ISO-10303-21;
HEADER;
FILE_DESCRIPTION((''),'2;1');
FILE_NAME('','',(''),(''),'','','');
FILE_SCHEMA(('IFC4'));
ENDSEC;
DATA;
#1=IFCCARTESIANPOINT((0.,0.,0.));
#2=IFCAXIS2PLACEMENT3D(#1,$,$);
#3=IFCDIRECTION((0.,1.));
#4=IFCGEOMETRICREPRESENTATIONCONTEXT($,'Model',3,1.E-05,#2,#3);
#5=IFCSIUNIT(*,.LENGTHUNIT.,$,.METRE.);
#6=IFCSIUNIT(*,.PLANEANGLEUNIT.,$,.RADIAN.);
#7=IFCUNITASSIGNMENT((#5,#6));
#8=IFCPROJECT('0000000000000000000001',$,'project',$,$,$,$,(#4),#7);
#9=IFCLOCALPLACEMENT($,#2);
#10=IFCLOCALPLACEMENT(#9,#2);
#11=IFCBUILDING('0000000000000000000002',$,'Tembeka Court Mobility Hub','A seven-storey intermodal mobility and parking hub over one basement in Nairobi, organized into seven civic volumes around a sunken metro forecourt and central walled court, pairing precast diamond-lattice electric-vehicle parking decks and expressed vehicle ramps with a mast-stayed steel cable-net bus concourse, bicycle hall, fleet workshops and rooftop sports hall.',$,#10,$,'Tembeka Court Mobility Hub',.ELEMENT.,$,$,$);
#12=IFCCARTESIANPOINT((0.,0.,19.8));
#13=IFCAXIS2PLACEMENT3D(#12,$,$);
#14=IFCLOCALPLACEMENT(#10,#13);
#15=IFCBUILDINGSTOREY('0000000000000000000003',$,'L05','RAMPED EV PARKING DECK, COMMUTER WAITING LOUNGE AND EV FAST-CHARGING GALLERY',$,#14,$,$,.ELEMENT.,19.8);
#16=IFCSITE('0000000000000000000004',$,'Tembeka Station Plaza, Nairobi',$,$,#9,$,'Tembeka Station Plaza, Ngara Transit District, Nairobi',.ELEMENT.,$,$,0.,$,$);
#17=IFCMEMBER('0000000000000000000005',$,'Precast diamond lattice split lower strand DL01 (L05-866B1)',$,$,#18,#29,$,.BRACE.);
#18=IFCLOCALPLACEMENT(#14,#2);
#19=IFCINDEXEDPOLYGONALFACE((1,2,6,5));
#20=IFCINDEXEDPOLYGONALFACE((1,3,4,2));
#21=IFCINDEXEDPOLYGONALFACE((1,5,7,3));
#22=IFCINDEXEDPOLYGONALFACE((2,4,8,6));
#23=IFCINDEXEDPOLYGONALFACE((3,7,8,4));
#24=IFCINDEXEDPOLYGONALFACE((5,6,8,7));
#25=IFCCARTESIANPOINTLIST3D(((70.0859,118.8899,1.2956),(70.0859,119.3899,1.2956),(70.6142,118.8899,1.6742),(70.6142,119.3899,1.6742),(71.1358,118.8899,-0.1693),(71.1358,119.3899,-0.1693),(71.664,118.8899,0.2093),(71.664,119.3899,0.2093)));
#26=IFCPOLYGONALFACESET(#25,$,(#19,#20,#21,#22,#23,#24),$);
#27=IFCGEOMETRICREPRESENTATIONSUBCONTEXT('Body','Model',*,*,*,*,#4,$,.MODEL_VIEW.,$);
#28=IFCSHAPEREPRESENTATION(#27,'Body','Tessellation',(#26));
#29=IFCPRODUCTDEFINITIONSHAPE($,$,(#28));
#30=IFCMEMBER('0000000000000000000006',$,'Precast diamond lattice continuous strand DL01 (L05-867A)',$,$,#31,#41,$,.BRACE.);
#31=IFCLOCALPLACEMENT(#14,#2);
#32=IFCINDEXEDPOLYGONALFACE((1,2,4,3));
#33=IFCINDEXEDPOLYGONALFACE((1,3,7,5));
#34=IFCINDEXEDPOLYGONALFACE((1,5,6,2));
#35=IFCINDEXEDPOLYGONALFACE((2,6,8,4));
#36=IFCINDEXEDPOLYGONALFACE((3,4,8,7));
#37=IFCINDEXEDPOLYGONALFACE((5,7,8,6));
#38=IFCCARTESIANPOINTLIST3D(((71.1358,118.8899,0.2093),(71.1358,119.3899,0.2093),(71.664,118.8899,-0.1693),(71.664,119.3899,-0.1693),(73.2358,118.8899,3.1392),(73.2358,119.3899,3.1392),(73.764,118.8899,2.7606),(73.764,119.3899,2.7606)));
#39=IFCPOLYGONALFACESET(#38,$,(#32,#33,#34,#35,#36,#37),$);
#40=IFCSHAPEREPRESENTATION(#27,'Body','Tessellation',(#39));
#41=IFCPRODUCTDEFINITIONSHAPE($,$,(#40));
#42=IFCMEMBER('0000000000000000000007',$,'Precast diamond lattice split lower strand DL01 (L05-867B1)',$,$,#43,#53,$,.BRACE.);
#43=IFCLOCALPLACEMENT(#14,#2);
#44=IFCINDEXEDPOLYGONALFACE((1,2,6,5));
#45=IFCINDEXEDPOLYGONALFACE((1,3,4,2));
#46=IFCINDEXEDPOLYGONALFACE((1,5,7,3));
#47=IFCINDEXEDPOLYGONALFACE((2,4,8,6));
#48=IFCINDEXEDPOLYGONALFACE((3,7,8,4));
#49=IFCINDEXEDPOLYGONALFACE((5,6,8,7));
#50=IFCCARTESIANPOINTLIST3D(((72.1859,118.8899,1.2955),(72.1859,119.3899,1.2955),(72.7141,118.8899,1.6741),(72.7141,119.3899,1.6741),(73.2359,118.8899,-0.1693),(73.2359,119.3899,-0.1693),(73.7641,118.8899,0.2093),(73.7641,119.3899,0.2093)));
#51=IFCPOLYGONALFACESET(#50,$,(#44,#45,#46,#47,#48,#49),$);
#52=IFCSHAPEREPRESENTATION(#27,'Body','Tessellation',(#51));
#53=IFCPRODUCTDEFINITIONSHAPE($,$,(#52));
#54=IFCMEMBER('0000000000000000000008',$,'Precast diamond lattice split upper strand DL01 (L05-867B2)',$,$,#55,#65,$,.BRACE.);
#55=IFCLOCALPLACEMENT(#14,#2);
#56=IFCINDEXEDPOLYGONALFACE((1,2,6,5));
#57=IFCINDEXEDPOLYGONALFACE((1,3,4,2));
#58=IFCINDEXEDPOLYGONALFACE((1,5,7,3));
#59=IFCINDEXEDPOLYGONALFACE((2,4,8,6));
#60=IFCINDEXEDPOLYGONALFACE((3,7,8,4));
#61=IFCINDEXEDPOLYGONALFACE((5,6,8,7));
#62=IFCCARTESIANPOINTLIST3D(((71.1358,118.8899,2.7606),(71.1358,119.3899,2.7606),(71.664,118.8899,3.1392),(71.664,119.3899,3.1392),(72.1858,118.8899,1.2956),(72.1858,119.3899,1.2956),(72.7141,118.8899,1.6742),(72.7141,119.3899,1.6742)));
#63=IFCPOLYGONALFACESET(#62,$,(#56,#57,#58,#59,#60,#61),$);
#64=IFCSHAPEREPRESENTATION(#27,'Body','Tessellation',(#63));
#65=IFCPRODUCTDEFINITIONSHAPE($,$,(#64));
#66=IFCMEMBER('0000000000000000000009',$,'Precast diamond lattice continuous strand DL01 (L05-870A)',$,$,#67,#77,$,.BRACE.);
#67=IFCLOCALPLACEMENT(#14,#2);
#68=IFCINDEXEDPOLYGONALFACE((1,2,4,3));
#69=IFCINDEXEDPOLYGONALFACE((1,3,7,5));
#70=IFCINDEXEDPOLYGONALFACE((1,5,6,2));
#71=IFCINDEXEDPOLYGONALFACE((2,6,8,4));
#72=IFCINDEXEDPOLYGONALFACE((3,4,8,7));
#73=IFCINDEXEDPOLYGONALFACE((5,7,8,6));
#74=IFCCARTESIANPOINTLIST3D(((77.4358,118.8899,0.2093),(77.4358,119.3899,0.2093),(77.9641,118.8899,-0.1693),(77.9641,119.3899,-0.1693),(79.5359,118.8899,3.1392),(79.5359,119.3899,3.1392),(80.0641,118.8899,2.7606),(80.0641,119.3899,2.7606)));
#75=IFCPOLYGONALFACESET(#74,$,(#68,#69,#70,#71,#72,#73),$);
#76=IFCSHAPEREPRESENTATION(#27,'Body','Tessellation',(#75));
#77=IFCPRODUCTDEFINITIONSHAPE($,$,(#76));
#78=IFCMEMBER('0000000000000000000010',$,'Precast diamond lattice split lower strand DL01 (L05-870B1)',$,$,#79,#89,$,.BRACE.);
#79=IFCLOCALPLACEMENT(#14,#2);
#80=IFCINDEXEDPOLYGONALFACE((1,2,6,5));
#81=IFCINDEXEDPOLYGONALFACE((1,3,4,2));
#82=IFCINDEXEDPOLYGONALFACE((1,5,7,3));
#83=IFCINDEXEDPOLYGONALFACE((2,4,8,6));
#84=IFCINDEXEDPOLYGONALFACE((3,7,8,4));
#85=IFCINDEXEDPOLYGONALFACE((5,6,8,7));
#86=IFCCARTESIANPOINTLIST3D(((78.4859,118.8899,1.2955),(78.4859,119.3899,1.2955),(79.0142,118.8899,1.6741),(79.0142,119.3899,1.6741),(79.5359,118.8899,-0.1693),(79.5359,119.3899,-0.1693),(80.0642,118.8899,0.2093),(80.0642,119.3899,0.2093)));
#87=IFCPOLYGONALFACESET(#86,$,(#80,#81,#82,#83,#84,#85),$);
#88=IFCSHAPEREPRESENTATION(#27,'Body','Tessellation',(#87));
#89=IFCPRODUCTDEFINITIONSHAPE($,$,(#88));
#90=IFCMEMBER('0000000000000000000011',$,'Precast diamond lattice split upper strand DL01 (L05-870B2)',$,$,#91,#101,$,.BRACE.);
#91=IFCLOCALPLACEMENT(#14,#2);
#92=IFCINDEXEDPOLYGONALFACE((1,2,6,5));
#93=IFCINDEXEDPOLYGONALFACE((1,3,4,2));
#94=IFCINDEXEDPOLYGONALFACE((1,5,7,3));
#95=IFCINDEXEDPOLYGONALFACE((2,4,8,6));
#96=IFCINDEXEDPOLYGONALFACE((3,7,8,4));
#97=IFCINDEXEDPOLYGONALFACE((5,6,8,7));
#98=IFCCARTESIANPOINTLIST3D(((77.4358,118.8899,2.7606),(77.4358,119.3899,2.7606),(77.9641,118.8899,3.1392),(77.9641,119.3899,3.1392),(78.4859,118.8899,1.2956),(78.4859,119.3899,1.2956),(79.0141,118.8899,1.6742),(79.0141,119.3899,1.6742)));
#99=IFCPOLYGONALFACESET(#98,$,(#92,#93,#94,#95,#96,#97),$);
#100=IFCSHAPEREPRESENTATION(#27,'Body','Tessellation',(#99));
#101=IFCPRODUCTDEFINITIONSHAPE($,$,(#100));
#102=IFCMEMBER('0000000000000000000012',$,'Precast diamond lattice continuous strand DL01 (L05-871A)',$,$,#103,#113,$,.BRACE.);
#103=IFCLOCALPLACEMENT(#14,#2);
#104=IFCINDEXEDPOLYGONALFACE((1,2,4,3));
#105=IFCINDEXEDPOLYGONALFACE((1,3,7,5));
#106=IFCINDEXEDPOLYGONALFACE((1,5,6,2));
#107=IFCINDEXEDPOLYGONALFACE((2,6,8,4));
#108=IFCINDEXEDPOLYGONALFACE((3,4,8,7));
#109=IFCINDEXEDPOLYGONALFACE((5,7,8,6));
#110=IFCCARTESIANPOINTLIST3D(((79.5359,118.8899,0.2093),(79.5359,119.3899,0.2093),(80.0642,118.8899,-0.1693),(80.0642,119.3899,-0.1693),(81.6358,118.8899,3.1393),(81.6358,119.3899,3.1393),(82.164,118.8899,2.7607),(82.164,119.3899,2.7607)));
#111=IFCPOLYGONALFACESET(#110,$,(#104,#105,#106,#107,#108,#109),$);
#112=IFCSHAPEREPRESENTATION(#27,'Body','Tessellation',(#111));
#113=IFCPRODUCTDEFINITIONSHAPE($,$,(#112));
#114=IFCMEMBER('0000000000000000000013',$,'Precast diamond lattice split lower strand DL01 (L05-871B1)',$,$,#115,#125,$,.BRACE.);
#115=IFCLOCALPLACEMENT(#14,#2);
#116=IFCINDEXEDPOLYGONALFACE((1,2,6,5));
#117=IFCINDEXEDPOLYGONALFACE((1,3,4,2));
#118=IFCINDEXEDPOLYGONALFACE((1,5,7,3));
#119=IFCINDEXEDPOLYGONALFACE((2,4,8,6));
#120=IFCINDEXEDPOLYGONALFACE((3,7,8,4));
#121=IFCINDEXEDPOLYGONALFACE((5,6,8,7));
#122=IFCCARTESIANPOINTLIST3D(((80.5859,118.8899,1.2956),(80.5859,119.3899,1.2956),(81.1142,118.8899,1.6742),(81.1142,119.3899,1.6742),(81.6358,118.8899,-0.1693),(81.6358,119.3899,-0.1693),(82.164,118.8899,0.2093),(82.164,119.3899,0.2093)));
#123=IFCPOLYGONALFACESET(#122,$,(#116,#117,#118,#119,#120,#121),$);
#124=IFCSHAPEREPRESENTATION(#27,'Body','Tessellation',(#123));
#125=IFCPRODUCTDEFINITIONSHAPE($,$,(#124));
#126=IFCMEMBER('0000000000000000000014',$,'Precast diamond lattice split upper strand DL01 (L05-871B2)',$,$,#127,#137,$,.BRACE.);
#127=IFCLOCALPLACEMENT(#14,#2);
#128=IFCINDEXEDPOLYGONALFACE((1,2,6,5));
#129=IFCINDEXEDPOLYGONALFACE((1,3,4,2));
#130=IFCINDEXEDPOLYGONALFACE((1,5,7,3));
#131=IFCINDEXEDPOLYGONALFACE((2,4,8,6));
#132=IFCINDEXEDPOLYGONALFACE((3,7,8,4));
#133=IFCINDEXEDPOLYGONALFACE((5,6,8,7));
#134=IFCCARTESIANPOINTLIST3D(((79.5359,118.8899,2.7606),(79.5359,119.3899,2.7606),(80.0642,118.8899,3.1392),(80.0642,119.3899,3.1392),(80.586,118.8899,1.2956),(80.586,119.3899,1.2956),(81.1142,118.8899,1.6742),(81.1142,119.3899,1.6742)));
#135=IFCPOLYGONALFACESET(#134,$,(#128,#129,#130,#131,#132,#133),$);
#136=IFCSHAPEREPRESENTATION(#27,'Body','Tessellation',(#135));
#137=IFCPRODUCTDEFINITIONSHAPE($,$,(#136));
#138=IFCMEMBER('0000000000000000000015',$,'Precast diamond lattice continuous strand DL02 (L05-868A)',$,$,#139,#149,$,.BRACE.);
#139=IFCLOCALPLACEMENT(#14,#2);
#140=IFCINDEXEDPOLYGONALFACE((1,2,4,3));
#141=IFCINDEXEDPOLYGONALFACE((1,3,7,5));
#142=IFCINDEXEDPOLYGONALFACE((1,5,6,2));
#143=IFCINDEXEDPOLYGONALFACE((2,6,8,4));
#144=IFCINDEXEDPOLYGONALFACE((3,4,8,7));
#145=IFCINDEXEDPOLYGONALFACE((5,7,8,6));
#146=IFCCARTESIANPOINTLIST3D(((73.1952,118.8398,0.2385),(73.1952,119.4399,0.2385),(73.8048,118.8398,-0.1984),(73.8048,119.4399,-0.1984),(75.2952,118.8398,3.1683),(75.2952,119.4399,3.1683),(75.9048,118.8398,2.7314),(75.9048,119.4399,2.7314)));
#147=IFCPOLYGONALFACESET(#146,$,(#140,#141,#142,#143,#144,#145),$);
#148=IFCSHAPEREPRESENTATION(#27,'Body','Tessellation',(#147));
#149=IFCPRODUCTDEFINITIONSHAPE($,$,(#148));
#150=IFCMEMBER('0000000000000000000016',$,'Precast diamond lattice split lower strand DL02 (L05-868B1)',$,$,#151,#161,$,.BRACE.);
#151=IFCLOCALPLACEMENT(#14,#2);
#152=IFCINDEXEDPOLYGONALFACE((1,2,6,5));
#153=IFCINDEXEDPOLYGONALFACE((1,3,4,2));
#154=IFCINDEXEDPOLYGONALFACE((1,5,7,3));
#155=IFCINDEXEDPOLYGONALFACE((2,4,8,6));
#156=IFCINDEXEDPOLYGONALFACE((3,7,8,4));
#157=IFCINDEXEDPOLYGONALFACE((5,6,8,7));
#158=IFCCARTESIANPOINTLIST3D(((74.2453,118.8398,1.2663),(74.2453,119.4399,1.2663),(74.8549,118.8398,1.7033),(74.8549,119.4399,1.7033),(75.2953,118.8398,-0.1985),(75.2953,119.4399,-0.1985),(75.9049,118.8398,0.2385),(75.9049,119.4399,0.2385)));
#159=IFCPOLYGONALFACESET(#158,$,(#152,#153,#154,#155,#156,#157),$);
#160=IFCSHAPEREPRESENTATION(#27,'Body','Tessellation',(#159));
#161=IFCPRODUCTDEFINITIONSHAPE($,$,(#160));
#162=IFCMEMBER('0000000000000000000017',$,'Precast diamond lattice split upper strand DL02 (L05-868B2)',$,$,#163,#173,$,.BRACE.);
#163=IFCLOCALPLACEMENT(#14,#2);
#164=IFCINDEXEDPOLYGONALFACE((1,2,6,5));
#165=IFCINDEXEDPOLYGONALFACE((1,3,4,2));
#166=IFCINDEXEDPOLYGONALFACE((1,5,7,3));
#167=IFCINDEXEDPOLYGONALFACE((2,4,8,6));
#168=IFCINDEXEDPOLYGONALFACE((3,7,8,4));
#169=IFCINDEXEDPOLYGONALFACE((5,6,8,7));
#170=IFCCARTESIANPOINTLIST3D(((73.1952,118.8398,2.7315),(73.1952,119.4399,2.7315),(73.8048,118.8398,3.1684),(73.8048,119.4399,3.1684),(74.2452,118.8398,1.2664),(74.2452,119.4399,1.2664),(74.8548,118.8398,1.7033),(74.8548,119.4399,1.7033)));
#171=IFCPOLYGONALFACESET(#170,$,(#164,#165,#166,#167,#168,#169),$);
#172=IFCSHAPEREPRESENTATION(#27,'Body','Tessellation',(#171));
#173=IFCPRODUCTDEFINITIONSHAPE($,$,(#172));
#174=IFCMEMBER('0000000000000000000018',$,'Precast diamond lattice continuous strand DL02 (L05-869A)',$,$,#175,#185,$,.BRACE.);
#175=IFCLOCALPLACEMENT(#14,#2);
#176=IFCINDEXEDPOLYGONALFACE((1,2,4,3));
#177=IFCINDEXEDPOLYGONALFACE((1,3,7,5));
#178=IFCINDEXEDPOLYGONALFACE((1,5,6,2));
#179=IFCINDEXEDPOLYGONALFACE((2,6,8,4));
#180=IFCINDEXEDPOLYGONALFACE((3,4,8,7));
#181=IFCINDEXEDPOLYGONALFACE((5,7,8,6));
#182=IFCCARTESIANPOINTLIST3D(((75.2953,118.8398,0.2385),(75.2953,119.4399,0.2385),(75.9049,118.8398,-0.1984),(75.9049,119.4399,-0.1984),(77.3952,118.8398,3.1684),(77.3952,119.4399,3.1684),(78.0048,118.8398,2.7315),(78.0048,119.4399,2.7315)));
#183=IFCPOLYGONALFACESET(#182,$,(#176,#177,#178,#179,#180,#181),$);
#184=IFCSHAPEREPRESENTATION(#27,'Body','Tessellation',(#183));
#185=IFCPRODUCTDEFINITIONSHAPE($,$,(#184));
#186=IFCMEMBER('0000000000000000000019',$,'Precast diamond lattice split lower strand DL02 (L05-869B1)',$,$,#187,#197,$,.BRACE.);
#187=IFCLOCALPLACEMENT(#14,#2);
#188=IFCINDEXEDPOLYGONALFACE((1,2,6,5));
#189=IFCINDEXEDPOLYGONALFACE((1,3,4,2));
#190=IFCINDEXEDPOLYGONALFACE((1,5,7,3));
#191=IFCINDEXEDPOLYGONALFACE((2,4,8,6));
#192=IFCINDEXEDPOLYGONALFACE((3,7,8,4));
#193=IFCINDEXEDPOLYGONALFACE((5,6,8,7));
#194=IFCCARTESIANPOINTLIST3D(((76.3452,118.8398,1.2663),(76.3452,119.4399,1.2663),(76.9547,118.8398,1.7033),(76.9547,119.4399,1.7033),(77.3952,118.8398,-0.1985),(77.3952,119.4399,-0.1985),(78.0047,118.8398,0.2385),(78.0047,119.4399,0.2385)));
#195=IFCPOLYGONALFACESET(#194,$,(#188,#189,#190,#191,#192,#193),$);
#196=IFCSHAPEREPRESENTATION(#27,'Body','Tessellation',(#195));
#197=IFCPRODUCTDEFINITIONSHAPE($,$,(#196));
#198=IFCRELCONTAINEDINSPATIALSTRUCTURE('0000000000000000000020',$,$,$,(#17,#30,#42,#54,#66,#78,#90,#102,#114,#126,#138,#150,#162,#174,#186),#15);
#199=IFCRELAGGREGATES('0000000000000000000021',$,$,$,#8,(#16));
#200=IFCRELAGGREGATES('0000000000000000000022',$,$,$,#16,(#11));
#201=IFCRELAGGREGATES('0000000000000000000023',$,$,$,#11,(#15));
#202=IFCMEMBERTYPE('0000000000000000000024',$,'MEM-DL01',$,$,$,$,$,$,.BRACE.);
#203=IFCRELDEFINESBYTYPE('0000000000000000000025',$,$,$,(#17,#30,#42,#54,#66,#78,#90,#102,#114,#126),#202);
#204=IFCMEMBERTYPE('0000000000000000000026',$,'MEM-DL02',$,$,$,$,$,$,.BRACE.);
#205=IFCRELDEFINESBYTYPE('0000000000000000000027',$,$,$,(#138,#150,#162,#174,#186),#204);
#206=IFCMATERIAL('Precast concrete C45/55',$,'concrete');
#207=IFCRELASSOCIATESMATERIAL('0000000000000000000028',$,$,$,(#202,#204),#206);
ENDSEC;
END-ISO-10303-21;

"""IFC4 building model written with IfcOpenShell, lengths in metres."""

from ifc_helpers import new_model, si_unit, direction, frame, origin, origin_2d, place, context, subcontext, project, spatial, rectangle, extrude, material, material_profile, profile_set, type_object, element, save


model = new_model("IFC4")

# Units and contexts
model_context = context("Model", 3, precision=1e-05, world=origin(), true_north=direction((0.0, 1.0)))
body_context = subcontext(model_context, "Body", "Model", "MODEL_VIEW")
ifc_project = project(units=[si_unit("LENGTHUNIT", "METRE"), si_unit("PLANEANGLEUNIT", "RADIAN")], contexts=[model_context])

# Site, building, storey
site_placement = place(None, origin())
site = spatial("IfcSite", under=ifc_project, at=site_placement, Name="Tembeka Station Plaza, Nairobi", LongName="Tembeka Station Plaza, Ngara Transit District, Nairobi", CompositionType="ELEMENT", RefElevation=0.0)
building_placement = place(site_placement, origin())
building = spatial("IfcBuilding", under=site, at=building_placement, Name="Tembeka Court Mobility Hub", Description="A seven-storey intermodal mobility and parking hub over one basement in Nairobi, organized into seven civic volumes around a sunken metro forecourt and central walled court, pairing precast diamond-lattice electric-vehicle parking decks and expressed vehicle ramps with a mast-stayed steel cable-net bus concourse, bicycle hall, fleet workshops and rooftop sports hall.", LongName="Tembeka Court Mobility Hub", CompositionType="ELEMENT")
storey_placement = place(building_placement, frame((0.0, 0.0, 19.8)))
storey = spatial("IfcBuildingStorey", under=building, at=storey_placement, Name="L05", Description="RAMPED EV PARKING DECK, COMMUTER WAITING LOUNGE AND EV FAST-CHARGING GALLERY", CompositionType="ELEMENT", Elevation=19.8)

# Members
ifc_material = material(Name="Precast concrete C45/55", Category="concrete")
ifc_material_profile_1 = material_profile(ifc_material, rectangle(XDim=0.5, YDim=0.6499, at=origin_2d()), Name="PC-DIAG 500x650")
ifc_profile_set_1 = profile_set([ifc_material_profile_1], Name="Precast concrete C45/55")
member_type_1 = type_object("IfcMemberType", Name="MEM-DL01", PredefinedType="BRACE", material=ifc_profile_set_1)
member_1_placement = place(storey_placement, frame((71.3999, 119.1399, 0.02), z_axis=(-0.582519, 0.0, 0.812817), x_axis=(0.0, -1.0, 0.0)))
element("IfcMember", 1, at=member_1_placement, inside=storey, type_object=member_type_1, Name="Precast diamond lattice split lower strand DL01 (L05-866B1)", PredefinedType="BRACE", context=body_context, shape_type="SweptSolid", body=[
    extrude(rectangle(XDim=0.5, YDim=0.6499, at=origin_2d()), origin(), (0.0, 0.0, 1.0), 1.8022),
])
member_2_placement = place(storey_placement, frame((71.3999, 119.1399, 0.02), z_axis=(0.582576, 0.0, 0.812776), x_axis=(0.0, 1.0, 0.0)))
element("IfcMember", 2, at=member_2_placement, inside=storey, type_object=member_type_1, Name="Precast diamond lattice continuous strand DL01 (L05-867A)", PredefinedType="BRACE", context=body_context, shape_type="SweptSolid", body=[
    extrude(rectangle(XDim=0.5, YDim=0.6499, at=origin_2d()), origin(), (0.0, 0.0, 1.0), 3.6047),
])
member_3_placement = place(storey_placement, frame((73.5, 119.1399, 0.02), z_axis=(-0.582608, 0.0, 0.812753), x_axis=(0.0, -1.0, 0.0)))
element("IfcMember", 3, at=member_3_placement, inside=storey, type_object=member_type_1, Name="Precast diamond lattice split lower strand DL01 (L05-867B1)", PredefinedType="BRACE", context=body_context, shape_type="SweptSolid", body=[
    extrude(rectangle(XDim=0.5, YDim=0.6499, at=origin_2d()), origin(), (0.0, 0.0, 1.0), 1.8022),
])
member_4_placement = place(storey_placement, frame((72.45, 119.1399, 1.4849), z_axis=(-0.582544, 0.0, 0.812799), x_axis=(0.0, -1.0, 0.0)))
element("IfcMember", 4, at=member_4_placement, inside=storey, type_object=member_type_1, Name="Precast diamond lattice split upper strand DL01 (L05-867B2)", PredefinedType="BRACE", context=body_context, shape_type="SweptSolid", body=[
    extrude(rectangle(XDim=0.5, YDim=0.6499, at=origin_2d()), origin(), (0.0, 0.0, 1.0), 1.8025),
])
member_5_placement = place(storey_placement, frame((77.7, 119.1399, 0.02), z_axis=(0.582576, 0.0, 0.812776), x_axis=(0.0, 1.0, 0.0)))
element("IfcMember", 5, at=member_5_placement, inside=storey, type_object=member_type_1, Name="Precast diamond lattice continuous strand DL01 (L05-870A)", PredefinedType="BRACE", context=body_context, shape_type="SweptSolid", body=[
    extrude(rectangle(XDim=0.5, YDim=0.6499, at=origin_2d()), origin(), (0.0, 0.0, 1.0), 3.6047),
])
member_6_placement = place(storey_placement, frame((79.8, 119.1399, 0.02), z_axis=(-0.582608, 0.0, 0.812753), x_axis=(0.0, -1.0, 0.0)))
element("IfcMember", 6, at=member_6_placement, inside=storey, type_object=member_type_1, Name="Precast diamond lattice split lower strand DL01 (L05-870B1)", PredefinedType="BRACE", context=body_context, shape_type="SweptSolid", body=[
    extrude(rectangle(XDim=0.5, YDim=0.6499, at=origin_2d()), origin(), (0.0, 0.0, 1.0), 1.8022),
])
member_7_placement = place(storey_placement, frame((78.75, 119.1399, 1.4849), z_axis=(-0.582544, 0.0, 0.812799), x_axis=(0.0, -1.0, 0.0)))
element("IfcMember", 7, at=member_7_placement, inside=storey, type_object=member_type_1, Name="Precast diamond lattice split upper strand DL01 (L05-870B2)", PredefinedType="BRACE", context=body_context, shape_type="SweptSolid", body=[
    extrude(rectangle(XDim=0.5, YDim=0.6499, at=origin_2d()), origin(), (0.0, 0.0, 1.0), 1.8025),
])
member_8_placement = place(storey_placement, frame((79.8, 119.1399, 0.02), z_axis=(0.582532, 0.0, 0.812808), x_axis=(0.0, 1.0, 0.0)))
element("IfcMember", 8, at=member_8_placement, inside=storey, type_object=member_type_1, Name="Precast diamond lattice continuous strand DL01 (L05-871A)", PredefinedType="BRACE", context=body_context, shape_type="SweptSolid", body=[
    extrude(rectangle(XDim=0.5, YDim=0.6499, at=origin_2d()), origin(), (0.0, 0.0, 1.0), 3.6047),
])
member_9_placement = place(storey_placement, frame((81.8999, 119.1399, 0.02), z_axis=(-0.582519, 0.0, 0.812817), x_axis=(0.0, -1.0, 0.0)))
element("IfcMember", 9, at=member_9_placement, inside=storey, type_object=member_type_1, Name="Precast diamond lattice split lower strand DL01 (L05-871B1)", PredefinedType="BRACE", context=body_context, shape_type="SweptSolid", body=[
    extrude(rectangle(XDim=0.5, YDim=0.6499, at=origin_2d()), origin(), (0.0, 0.0, 1.0), 1.8022),
])
member_10_placement = place(storey_placement, frame((80.8501, 119.1399, 1.4849), z_axis=(-0.582544, 0.0, 0.812799), x_axis=(0.0, -1.0, 0.0)))
element("IfcMember", 10, at=member_10_placement, inside=storey, type_object=member_type_1, Name="Precast diamond lattice split upper strand DL01 (L05-871B2)", PredefinedType="BRACE", context=body_context, shape_type="SweptSolid", body=[
    extrude(rectangle(XDim=0.5, YDim=0.6499, at=origin_2d()), origin(), (0.0, 0.0, 1.0), 1.8025),
])
ifc_material_profile_2 = material_profile(ifc_material, rectangle(XDim=0.6001, YDim=0.75, at=origin_2d()), Name="PC-DIAG 600x750")
ifc_profile_set_2 = profile_set([ifc_material_profile_2], Name="Precast concrete C45/55")
member_type_2 = type_object("IfcMemberType", Name="MEM-DL02", PredefinedType="BRACE", material=ifc_profile_set_2)
member_11_placement = place(storey_placement, frame((73.5, 119.1399, 0.02), z_axis=(0.582576, 0.0, 0.812776), x_axis=(0.0, 1.0, 0.0)))
element("IfcMember", 11, at=member_11_placement, inside=storey, type_object=member_type_2, Name="Precast diamond lattice continuous strand DL02 (L05-868A)", PredefinedType="BRACE", context=body_context, shape_type="SweptSolid", body=[
    extrude(rectangle(XDim=0.6001, YDim=0.75, at=origin_2d()), origin(), (0.0, 0.0, 1.0), 3.6047),
])
member_12_placement = place(storey_placement, frame((75.6001, 119.1399, 0.02), z_axis=(-0.582608, 0.0, 0.812753), x_axis=(0.0, -1.0, 0.0)))
element("IfcMember", 12, at=member_12_placement, inside=storey, type_object=member_type_2, Name="Precast diamond lattice split lower strand DL02 (L05-868B1)", PredefinedType="BRACE", context=body_context, shape_type="SweptSolid", body=[
    extrude(rectangle(XDim=0.6001, YDim=0.75, at=origin_2d()), origin(), (0.0, 0.0, 1.0), 1.8022),
])
member_13_placement = place(storey_placement, frame((74.55, 119.1399, 1.4849), z_axis=(-0.582544, 0.0, 0.812799), x_axis=(0.0, -1.0, 0.0)))
element("IfcMember", 13, at=member_13_placement, inside=storey, type_object=member_type_2, Name="Precast diamond lattice split upper strand DL02 (L05-868B2)", PredefinedType="BRACE", context=body_context, shape_type="SweptSolid", body=[
    extrude(rectangle(XDim=0.6001, YDim=0.75, at=origin_2d()), origin(), (0.0, 0.0, 1.0), 1.8025),
])
member_14_placement = place(storey_placement, frame((75.6001, 119.1399, 0.02), z_axis=(0.582532, 0.0, 0.812808), x_axis=(0.0, 1.0, 0.0)))
element("IfcMember", 14, at=member_14_placement, inside=storey, type_object=member_type_2, Name="Precast diamond lattice continuous strand DL02 (L05-869A)", PredefinedType="BRACE", context=body_context, shape_type="SweptSolid", body=[
    extrude(rectangle(XDim=0.6001, YDim=0.75, at=origin_2d()), origin(), (0.0, 0.0, 1.0), 3.6047),
])
member_15_placement = place(storey_placement, frame((77.7, 119.1399, 0.02), z_axis=(-0.582608, 0.0, 0.812753), x_axis=(0.0, -1.0, 0.0)))
element("IfcMember", 15, at=member_15_placement, inside=storey, type_object=member_type_2, Name="Precast diamond lattice split lower strand DL02 (L05-869B1)", PredefinedType="BRACE", context=body_context, shape_type="SweptSolid", body=[
    extrude(rectangle(XDim=0.6001, YDim=0.75, at=origin_2d()), origin(), (0.0, 0.0, 1.0), 1.8022),
])

save(model, "model.ifc")
